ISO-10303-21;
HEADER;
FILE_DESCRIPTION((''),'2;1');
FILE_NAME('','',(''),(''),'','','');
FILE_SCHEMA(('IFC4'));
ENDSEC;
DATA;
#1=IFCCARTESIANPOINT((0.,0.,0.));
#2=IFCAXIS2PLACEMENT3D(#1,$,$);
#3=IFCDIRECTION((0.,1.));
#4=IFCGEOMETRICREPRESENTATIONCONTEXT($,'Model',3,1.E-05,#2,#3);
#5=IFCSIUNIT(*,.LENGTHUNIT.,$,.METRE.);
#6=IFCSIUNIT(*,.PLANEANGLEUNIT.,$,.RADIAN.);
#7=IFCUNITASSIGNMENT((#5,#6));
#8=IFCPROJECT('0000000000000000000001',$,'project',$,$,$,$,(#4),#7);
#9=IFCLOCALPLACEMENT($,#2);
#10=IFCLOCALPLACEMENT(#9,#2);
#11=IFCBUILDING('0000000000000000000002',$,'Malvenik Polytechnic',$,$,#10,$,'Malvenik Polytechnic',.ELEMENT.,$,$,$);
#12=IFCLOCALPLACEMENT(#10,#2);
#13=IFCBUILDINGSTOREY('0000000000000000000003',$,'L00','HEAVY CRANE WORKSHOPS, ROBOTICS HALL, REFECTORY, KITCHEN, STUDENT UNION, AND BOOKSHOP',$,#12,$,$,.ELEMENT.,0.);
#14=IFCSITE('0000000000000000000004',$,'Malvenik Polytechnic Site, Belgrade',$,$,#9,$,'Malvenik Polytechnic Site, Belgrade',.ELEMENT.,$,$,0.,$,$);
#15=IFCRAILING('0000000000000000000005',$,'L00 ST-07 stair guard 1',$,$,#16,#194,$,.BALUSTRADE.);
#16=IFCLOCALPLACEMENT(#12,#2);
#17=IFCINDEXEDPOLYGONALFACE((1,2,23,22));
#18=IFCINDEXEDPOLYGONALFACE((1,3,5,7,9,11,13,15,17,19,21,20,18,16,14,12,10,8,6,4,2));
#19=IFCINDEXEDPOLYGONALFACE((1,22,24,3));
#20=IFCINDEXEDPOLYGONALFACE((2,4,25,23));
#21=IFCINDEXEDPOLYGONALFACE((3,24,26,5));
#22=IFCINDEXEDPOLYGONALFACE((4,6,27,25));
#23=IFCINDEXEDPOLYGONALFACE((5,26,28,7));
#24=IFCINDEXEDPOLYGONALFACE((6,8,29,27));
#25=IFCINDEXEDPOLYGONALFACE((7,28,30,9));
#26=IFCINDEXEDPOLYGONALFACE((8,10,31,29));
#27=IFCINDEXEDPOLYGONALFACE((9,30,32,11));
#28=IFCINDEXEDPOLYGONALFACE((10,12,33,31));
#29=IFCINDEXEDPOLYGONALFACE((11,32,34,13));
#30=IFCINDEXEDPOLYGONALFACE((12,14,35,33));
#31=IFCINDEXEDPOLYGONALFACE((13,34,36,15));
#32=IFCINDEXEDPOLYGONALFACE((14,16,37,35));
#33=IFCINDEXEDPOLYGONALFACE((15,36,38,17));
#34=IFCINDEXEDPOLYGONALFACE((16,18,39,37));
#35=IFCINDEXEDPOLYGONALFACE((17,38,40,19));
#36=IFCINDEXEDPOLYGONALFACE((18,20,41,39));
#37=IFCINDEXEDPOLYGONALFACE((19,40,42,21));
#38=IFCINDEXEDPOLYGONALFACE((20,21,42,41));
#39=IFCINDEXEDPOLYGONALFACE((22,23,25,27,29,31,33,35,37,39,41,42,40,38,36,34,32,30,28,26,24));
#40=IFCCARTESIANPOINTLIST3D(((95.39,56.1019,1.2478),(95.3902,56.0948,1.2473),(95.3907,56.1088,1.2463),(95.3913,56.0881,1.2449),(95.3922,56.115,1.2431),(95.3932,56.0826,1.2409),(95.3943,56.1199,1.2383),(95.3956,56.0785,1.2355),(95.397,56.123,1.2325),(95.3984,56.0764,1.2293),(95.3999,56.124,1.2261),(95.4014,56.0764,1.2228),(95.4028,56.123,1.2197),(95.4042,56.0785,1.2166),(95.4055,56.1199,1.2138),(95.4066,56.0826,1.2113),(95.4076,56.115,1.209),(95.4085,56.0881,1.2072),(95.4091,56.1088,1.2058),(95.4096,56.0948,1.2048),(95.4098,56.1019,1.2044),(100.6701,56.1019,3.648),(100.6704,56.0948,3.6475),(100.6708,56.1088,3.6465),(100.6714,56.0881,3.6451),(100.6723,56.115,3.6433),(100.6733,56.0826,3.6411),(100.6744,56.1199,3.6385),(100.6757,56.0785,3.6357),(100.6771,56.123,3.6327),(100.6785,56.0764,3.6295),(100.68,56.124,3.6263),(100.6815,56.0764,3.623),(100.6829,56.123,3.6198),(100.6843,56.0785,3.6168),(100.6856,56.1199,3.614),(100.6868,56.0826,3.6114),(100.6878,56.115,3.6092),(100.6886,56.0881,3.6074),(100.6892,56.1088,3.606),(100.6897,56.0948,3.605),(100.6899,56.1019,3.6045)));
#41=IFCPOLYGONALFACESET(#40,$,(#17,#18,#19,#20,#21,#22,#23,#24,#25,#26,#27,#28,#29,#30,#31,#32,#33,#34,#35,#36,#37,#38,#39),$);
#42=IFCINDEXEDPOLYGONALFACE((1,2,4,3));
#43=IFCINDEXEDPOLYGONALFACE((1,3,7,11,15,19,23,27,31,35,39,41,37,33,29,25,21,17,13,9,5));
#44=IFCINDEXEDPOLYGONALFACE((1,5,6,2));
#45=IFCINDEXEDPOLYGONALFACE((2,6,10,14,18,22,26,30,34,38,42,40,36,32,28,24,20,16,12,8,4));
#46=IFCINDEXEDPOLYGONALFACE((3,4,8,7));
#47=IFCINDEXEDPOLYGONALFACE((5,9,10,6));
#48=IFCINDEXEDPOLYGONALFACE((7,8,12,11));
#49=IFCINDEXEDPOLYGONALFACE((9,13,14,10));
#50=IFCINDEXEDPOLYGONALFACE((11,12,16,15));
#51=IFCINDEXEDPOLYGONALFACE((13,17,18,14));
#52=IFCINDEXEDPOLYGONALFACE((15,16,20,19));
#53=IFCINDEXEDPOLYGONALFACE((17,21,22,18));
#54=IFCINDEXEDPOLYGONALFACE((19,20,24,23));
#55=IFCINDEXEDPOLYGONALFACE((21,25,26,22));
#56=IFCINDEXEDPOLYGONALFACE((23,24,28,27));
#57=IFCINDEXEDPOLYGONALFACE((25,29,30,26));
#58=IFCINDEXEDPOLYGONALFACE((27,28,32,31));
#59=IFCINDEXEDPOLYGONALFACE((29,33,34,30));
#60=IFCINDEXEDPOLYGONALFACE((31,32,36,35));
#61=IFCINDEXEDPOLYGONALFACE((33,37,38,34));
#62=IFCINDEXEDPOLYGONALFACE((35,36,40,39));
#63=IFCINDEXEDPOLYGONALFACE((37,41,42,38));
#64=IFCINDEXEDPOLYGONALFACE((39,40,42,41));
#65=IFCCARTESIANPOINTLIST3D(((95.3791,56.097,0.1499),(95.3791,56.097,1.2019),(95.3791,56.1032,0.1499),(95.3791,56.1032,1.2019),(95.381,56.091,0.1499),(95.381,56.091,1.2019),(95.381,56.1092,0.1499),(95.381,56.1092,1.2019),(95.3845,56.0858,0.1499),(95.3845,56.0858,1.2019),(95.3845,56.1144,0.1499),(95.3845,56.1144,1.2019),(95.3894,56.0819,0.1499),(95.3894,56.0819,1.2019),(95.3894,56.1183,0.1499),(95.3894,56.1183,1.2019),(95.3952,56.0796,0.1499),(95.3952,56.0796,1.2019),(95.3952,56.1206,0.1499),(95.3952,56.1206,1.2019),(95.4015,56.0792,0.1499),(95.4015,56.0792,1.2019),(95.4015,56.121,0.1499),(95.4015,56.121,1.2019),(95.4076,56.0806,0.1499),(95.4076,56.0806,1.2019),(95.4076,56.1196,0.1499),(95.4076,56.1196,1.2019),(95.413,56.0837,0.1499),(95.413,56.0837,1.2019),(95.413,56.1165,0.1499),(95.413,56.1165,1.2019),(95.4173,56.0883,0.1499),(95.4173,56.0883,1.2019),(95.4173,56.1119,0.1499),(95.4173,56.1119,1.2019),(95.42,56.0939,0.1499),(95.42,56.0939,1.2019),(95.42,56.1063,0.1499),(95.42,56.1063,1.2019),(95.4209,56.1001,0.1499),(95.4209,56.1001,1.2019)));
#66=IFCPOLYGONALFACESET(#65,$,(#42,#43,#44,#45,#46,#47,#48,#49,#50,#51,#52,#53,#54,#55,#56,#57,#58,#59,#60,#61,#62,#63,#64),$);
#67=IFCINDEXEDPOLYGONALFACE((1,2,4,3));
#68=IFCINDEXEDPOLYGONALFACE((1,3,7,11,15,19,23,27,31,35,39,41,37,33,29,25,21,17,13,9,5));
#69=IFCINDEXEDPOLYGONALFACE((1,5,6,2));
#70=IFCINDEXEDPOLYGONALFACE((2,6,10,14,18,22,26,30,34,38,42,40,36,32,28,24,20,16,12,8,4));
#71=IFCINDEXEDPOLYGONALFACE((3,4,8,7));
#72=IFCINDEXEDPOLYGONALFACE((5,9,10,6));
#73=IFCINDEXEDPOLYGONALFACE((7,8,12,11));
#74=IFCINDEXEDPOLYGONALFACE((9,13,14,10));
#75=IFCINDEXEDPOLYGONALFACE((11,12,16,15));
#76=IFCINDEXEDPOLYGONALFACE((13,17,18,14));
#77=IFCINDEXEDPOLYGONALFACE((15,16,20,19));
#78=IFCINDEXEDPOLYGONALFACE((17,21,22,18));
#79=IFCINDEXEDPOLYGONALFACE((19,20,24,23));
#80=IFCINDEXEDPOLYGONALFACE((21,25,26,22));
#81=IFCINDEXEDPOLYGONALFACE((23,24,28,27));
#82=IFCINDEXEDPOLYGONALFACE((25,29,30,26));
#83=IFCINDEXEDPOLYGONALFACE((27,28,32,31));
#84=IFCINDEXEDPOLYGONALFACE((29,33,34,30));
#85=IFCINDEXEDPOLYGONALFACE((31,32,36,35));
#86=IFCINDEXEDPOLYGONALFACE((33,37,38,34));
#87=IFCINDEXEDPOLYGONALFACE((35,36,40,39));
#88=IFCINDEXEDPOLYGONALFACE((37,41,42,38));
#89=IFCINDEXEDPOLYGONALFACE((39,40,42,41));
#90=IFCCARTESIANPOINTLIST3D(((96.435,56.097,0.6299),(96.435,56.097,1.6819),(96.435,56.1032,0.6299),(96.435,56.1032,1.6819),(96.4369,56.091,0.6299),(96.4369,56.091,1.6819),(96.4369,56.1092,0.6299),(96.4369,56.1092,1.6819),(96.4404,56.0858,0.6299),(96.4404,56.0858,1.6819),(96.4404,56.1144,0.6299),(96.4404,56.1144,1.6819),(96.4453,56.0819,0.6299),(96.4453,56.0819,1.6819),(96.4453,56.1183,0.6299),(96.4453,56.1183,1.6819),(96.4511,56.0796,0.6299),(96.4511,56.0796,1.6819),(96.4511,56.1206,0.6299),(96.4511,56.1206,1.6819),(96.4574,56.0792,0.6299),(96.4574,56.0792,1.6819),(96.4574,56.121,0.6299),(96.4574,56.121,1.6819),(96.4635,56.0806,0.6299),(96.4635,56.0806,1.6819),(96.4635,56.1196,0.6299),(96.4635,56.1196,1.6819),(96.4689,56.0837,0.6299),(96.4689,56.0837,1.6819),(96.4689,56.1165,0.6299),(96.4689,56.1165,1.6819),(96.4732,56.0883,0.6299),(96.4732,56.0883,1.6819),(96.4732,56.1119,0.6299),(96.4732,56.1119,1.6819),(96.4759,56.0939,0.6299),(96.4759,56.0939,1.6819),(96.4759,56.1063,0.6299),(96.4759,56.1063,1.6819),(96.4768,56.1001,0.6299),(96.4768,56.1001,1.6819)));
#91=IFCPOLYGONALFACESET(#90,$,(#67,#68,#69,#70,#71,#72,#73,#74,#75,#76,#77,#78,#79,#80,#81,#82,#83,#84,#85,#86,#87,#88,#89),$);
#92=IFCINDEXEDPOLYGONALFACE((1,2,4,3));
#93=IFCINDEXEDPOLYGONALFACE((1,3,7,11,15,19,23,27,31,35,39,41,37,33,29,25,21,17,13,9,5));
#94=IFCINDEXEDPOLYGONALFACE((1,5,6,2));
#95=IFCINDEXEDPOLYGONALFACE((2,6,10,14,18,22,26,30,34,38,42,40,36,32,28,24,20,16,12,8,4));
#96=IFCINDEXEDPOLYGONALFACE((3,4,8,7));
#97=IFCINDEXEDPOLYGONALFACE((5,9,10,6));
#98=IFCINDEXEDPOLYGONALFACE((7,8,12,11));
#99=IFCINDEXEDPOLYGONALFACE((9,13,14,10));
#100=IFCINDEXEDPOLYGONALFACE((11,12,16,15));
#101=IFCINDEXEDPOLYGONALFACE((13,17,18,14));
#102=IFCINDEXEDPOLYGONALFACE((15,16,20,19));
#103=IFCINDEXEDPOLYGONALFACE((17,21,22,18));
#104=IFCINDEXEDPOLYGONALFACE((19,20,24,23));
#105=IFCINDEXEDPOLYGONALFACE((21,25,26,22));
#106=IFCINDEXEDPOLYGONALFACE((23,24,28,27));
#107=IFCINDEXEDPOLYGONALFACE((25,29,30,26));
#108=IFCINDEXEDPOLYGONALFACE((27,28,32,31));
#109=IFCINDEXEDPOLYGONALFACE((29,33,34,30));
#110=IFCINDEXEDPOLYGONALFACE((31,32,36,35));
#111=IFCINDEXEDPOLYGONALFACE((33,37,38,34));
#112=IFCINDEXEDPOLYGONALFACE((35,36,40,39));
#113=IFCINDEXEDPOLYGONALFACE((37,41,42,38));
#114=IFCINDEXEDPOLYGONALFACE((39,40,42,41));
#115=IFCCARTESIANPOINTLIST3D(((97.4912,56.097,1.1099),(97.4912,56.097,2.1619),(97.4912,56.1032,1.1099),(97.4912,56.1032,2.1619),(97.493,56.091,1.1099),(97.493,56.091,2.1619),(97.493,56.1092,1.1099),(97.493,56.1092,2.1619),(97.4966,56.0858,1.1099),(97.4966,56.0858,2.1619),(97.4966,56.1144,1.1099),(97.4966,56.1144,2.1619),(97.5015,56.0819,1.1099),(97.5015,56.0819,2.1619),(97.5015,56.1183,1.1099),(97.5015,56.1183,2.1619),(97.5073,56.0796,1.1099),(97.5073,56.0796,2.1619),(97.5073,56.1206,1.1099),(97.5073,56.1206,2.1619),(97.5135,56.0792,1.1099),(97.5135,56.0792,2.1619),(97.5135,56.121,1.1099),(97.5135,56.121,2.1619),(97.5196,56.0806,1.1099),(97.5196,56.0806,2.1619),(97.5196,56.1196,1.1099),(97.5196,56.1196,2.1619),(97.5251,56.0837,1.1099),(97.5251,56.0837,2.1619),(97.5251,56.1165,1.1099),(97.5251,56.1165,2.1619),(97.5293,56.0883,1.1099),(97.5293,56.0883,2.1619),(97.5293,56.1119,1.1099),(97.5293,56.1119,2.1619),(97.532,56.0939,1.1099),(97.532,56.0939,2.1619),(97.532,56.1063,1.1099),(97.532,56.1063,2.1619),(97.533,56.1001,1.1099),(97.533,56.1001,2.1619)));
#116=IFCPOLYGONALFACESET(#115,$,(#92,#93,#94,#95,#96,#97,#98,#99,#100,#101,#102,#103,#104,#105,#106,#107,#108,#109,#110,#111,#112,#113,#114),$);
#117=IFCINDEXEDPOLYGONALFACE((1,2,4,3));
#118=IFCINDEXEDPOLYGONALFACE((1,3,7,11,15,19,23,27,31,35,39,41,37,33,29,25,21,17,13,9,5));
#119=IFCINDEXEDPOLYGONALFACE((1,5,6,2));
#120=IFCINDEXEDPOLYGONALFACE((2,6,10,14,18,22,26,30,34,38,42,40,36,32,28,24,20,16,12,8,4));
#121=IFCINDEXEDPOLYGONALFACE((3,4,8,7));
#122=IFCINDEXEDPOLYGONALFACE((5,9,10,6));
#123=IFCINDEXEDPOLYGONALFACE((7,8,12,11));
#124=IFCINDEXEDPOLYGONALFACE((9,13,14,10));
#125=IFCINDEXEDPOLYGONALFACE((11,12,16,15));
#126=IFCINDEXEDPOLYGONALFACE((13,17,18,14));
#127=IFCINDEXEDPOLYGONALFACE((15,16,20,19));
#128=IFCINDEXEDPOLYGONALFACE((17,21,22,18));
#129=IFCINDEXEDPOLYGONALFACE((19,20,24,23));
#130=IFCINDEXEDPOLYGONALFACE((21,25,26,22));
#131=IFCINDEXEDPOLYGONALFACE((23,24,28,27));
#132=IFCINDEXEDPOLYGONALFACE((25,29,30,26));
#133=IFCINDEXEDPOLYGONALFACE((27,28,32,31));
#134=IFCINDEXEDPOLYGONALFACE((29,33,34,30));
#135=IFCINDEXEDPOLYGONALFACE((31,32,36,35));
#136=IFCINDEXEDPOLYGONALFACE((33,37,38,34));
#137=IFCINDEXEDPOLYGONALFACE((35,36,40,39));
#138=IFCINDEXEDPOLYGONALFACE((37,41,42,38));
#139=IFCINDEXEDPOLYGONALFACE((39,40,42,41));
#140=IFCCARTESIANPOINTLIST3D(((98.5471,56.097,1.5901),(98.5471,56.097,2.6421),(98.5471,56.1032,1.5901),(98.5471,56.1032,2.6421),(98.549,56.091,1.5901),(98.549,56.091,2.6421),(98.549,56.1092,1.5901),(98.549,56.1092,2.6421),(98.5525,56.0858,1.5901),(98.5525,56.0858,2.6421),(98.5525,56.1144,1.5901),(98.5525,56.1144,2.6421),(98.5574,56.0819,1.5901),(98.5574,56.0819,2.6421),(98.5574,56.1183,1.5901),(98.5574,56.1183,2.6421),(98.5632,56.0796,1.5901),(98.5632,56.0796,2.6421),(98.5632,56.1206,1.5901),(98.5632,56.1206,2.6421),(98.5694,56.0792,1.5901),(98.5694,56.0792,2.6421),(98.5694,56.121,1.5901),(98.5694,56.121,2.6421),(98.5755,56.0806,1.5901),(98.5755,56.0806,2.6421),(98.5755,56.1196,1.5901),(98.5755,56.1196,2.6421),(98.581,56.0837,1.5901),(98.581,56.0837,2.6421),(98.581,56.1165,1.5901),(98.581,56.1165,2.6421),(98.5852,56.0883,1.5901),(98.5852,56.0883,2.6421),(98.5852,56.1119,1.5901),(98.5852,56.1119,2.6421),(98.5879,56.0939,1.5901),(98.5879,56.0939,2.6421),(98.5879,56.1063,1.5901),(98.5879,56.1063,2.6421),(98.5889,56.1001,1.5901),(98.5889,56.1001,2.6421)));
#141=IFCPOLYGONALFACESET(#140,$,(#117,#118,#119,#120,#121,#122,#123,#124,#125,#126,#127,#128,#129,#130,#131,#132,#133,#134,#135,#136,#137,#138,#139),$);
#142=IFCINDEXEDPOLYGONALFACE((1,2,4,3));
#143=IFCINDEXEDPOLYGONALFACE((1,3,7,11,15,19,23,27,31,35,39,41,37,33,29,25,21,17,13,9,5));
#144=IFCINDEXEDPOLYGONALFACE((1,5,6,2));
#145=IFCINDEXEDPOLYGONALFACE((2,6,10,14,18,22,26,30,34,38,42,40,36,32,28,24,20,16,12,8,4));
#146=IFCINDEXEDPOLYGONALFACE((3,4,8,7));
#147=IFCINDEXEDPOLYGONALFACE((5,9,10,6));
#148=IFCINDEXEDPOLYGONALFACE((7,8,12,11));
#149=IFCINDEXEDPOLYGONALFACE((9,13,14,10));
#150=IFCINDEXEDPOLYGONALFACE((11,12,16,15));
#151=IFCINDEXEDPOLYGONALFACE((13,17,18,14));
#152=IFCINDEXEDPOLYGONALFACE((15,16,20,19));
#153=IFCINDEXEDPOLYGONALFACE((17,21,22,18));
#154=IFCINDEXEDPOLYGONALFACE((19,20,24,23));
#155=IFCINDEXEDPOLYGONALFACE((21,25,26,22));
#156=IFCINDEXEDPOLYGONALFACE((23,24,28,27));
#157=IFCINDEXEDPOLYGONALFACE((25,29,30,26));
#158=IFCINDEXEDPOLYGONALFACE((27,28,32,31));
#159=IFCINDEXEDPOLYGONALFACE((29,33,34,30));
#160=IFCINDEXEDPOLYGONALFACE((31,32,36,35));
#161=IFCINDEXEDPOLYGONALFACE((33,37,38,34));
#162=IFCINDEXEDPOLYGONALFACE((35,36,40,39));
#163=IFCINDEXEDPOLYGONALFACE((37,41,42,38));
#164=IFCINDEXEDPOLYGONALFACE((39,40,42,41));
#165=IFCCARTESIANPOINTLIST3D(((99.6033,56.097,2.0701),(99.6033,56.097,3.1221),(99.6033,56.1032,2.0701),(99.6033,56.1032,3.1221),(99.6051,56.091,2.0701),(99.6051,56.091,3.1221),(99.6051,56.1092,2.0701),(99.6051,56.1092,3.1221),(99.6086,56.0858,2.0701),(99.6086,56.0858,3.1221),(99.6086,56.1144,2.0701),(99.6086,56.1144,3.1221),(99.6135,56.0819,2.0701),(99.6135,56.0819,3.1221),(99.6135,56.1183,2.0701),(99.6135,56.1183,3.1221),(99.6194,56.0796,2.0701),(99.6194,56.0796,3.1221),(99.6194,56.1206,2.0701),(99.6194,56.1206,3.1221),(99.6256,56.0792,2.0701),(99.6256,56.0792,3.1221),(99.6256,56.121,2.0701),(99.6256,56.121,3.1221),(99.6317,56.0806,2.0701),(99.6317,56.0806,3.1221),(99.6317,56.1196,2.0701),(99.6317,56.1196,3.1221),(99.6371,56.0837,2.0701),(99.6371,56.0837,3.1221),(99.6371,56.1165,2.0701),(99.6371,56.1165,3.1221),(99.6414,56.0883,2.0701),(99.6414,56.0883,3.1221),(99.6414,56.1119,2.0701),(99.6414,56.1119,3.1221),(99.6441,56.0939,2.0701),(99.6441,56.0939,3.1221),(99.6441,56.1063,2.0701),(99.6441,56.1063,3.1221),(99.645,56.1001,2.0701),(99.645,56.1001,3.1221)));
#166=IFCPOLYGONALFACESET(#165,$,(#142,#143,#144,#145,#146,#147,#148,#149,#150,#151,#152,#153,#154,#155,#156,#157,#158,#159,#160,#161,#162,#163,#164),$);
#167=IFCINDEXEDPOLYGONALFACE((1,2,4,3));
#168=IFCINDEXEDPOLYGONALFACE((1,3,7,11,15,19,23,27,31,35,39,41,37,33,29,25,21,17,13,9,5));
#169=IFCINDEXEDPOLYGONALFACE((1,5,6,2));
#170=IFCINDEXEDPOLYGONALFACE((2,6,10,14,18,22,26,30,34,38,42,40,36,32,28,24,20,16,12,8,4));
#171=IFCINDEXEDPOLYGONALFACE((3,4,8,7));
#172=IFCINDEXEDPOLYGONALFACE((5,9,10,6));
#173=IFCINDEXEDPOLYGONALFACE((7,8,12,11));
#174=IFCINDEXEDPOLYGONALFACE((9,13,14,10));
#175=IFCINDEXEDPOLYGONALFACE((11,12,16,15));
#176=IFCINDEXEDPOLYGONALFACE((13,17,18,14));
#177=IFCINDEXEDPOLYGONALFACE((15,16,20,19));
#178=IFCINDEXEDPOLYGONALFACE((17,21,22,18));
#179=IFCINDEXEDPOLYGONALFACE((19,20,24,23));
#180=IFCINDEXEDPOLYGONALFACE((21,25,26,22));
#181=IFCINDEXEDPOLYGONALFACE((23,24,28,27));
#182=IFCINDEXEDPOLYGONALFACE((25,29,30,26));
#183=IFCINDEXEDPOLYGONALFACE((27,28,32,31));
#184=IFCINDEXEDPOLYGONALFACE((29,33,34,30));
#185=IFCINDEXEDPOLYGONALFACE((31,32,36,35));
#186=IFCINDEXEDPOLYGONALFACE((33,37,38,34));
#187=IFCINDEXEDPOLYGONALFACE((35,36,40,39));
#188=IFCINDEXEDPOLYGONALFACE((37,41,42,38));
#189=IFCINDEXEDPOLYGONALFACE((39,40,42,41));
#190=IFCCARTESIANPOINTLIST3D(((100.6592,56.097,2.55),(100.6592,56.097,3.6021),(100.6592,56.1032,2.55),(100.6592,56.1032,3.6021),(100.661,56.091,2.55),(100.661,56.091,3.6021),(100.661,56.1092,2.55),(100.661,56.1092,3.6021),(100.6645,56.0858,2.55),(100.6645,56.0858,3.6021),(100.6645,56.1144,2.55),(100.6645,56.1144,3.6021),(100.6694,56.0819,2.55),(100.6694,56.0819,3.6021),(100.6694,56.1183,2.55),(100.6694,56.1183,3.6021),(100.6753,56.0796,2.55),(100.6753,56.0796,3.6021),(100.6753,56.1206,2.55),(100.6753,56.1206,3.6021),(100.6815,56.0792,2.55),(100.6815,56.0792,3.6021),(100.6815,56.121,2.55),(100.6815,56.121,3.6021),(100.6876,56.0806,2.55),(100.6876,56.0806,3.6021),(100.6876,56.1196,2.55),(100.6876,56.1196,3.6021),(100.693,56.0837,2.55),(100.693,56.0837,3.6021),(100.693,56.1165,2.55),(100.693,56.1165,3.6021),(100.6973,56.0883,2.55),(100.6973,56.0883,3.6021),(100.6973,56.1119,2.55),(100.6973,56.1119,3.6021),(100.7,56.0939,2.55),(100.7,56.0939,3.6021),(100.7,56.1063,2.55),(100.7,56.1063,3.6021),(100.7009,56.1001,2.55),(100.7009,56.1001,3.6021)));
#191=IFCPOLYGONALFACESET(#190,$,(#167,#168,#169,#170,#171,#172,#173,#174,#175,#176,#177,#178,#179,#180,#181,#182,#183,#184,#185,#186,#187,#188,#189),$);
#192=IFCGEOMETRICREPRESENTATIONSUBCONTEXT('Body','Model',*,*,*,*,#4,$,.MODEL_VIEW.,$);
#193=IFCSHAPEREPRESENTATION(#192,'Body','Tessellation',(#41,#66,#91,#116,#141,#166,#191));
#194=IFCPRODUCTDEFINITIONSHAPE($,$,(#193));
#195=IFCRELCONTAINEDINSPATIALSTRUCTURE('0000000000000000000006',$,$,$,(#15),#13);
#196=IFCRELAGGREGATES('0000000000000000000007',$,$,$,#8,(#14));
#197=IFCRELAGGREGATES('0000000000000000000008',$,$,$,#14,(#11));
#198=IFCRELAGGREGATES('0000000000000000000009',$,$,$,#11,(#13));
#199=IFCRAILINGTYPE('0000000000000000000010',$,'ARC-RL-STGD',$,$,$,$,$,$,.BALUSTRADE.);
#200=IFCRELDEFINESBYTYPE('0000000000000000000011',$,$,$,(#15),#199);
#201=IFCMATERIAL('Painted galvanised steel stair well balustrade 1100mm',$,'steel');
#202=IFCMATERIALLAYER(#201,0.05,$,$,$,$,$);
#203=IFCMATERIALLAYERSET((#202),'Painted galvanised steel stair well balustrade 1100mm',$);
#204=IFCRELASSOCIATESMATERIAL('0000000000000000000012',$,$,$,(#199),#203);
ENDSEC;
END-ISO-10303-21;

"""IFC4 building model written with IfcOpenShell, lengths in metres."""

from ifc_helpers import new_model, si_unit, direction, frame, origin, origin_2d, place, context, subcontext, project, spatial, circle, extrude, material, layer, layer_set, type_object, element, save


model = new_model("IFC4")

# Units and contexts
model_context = context("Model", 3, precision=1e-05, world=origin(), true_north=direction((0.0, 1.0)))
body_context = subcontext(model_context, "Body", "Model", "MODEL_VIEW")
ifc_project = project(units=[si_unit("LENGTHUNIT", "METRE"), si_unit("PLANEANGLEUNIT", "RADIAN")], contexts=[model_context])

# Site, building, storey
site_placement = place(None, origin())
site = spatial("IfcSite", under=ifc_project, at=site_placement, Name="Malvenik Polytechnic Site, Belgrade", LongName="Malvenik Polytechnic Site, Belgrade", CompositionType="ELEMENT", RefElevation=0.0)
building_placement = place(site_placement, origin())
building = spatial("IfcBuilding", under=site, at=building_placement, Name="Malvenik Polytechnic", LongName="Malvenik Polytechnic", CompositionType="ELEMENT")
storey_placement = place(building_placement, origin())
storey = spatial("IfcBuildingStorey", under=building, at=storey_placement, Name="L00", Description="HEAVY CRANE WORKSHOPS, ROBOTICS HALL, REFECTORY, KITCHEN, STUDENT UNION, AND BOOKSHOP", CompositionType="ELEMENT", Elevation=0.0)

# Railing
ifc_material_1 = material(Name="Painted galvanised steel stair well balustrade 1100mm", Category="steel")
ifc_layer_1 = layer(ifc_material_1, 0.05)
ifc_layer_set_1 = layer_set([ifc_layer_1], Name="Painted galvanised steel stair well balustrade 1100mm")
railing_type_1 = type_object("IfcRailingType", Name="ARC-RL-STGD", PredefinedType="BALUSTRADE", material=ifc_layer_set_1)
railing_1_placement = place(storey_placement, frame((95.3999, 56.1001, 0.1499)))
element("IfcRailing", 1, at=railing_1_placement, inside=storey, type_object=railing_type_1, Name="L00 ST-07 stair guard 1", PredefinedType="BALUSTRADE", context=body_context, shape_type="SweptSolid", body=[
    extrude(circle(Radius=0.0239, at=origin_2d()), frame((0.0, 0.0, 1.0762), z_axis=(0.910358, 0.0, 0.413822), x_axis=(0.0, 1.0, 0.0)), (0.0, 0.0, 1.0), 5.8),
    extrude(circle(Radius=0.021, at=origin_2d()), origin(), (0.0, 0.0, 1.0), 1.052),
    extrude(circle(Radius=0.021, at=origin_2d()), frame((1.0559, 0.0, 0.48)), (0.0, 0.0, 1.0), 1.052),
    extrude(circle(Radius=0.021, at=origin_2d()), frame((2.1121, 0.0, 0.96)), (0.0, 0.0, 1.0), 1.052),
    extrude(circle(Radius=0.021, at=origin_2d()), frame((3.168, 0.0, 1.4402)), (0.0, 0.0, 1.0), 1.052),
    extrude(circle(Radius=0.021, at=origin_2d()), frame((4.2241, 0.0, 1.9202)), (0.0, 0.0, 1.0), 1.052),
    extrude(circle(Radius=0.021, at=origin_2d()), frame((5.28, 0.0, 2.4001)), (0.0, 0.0, 1.0), 1.052),
])

save(model, "model.ifc")
